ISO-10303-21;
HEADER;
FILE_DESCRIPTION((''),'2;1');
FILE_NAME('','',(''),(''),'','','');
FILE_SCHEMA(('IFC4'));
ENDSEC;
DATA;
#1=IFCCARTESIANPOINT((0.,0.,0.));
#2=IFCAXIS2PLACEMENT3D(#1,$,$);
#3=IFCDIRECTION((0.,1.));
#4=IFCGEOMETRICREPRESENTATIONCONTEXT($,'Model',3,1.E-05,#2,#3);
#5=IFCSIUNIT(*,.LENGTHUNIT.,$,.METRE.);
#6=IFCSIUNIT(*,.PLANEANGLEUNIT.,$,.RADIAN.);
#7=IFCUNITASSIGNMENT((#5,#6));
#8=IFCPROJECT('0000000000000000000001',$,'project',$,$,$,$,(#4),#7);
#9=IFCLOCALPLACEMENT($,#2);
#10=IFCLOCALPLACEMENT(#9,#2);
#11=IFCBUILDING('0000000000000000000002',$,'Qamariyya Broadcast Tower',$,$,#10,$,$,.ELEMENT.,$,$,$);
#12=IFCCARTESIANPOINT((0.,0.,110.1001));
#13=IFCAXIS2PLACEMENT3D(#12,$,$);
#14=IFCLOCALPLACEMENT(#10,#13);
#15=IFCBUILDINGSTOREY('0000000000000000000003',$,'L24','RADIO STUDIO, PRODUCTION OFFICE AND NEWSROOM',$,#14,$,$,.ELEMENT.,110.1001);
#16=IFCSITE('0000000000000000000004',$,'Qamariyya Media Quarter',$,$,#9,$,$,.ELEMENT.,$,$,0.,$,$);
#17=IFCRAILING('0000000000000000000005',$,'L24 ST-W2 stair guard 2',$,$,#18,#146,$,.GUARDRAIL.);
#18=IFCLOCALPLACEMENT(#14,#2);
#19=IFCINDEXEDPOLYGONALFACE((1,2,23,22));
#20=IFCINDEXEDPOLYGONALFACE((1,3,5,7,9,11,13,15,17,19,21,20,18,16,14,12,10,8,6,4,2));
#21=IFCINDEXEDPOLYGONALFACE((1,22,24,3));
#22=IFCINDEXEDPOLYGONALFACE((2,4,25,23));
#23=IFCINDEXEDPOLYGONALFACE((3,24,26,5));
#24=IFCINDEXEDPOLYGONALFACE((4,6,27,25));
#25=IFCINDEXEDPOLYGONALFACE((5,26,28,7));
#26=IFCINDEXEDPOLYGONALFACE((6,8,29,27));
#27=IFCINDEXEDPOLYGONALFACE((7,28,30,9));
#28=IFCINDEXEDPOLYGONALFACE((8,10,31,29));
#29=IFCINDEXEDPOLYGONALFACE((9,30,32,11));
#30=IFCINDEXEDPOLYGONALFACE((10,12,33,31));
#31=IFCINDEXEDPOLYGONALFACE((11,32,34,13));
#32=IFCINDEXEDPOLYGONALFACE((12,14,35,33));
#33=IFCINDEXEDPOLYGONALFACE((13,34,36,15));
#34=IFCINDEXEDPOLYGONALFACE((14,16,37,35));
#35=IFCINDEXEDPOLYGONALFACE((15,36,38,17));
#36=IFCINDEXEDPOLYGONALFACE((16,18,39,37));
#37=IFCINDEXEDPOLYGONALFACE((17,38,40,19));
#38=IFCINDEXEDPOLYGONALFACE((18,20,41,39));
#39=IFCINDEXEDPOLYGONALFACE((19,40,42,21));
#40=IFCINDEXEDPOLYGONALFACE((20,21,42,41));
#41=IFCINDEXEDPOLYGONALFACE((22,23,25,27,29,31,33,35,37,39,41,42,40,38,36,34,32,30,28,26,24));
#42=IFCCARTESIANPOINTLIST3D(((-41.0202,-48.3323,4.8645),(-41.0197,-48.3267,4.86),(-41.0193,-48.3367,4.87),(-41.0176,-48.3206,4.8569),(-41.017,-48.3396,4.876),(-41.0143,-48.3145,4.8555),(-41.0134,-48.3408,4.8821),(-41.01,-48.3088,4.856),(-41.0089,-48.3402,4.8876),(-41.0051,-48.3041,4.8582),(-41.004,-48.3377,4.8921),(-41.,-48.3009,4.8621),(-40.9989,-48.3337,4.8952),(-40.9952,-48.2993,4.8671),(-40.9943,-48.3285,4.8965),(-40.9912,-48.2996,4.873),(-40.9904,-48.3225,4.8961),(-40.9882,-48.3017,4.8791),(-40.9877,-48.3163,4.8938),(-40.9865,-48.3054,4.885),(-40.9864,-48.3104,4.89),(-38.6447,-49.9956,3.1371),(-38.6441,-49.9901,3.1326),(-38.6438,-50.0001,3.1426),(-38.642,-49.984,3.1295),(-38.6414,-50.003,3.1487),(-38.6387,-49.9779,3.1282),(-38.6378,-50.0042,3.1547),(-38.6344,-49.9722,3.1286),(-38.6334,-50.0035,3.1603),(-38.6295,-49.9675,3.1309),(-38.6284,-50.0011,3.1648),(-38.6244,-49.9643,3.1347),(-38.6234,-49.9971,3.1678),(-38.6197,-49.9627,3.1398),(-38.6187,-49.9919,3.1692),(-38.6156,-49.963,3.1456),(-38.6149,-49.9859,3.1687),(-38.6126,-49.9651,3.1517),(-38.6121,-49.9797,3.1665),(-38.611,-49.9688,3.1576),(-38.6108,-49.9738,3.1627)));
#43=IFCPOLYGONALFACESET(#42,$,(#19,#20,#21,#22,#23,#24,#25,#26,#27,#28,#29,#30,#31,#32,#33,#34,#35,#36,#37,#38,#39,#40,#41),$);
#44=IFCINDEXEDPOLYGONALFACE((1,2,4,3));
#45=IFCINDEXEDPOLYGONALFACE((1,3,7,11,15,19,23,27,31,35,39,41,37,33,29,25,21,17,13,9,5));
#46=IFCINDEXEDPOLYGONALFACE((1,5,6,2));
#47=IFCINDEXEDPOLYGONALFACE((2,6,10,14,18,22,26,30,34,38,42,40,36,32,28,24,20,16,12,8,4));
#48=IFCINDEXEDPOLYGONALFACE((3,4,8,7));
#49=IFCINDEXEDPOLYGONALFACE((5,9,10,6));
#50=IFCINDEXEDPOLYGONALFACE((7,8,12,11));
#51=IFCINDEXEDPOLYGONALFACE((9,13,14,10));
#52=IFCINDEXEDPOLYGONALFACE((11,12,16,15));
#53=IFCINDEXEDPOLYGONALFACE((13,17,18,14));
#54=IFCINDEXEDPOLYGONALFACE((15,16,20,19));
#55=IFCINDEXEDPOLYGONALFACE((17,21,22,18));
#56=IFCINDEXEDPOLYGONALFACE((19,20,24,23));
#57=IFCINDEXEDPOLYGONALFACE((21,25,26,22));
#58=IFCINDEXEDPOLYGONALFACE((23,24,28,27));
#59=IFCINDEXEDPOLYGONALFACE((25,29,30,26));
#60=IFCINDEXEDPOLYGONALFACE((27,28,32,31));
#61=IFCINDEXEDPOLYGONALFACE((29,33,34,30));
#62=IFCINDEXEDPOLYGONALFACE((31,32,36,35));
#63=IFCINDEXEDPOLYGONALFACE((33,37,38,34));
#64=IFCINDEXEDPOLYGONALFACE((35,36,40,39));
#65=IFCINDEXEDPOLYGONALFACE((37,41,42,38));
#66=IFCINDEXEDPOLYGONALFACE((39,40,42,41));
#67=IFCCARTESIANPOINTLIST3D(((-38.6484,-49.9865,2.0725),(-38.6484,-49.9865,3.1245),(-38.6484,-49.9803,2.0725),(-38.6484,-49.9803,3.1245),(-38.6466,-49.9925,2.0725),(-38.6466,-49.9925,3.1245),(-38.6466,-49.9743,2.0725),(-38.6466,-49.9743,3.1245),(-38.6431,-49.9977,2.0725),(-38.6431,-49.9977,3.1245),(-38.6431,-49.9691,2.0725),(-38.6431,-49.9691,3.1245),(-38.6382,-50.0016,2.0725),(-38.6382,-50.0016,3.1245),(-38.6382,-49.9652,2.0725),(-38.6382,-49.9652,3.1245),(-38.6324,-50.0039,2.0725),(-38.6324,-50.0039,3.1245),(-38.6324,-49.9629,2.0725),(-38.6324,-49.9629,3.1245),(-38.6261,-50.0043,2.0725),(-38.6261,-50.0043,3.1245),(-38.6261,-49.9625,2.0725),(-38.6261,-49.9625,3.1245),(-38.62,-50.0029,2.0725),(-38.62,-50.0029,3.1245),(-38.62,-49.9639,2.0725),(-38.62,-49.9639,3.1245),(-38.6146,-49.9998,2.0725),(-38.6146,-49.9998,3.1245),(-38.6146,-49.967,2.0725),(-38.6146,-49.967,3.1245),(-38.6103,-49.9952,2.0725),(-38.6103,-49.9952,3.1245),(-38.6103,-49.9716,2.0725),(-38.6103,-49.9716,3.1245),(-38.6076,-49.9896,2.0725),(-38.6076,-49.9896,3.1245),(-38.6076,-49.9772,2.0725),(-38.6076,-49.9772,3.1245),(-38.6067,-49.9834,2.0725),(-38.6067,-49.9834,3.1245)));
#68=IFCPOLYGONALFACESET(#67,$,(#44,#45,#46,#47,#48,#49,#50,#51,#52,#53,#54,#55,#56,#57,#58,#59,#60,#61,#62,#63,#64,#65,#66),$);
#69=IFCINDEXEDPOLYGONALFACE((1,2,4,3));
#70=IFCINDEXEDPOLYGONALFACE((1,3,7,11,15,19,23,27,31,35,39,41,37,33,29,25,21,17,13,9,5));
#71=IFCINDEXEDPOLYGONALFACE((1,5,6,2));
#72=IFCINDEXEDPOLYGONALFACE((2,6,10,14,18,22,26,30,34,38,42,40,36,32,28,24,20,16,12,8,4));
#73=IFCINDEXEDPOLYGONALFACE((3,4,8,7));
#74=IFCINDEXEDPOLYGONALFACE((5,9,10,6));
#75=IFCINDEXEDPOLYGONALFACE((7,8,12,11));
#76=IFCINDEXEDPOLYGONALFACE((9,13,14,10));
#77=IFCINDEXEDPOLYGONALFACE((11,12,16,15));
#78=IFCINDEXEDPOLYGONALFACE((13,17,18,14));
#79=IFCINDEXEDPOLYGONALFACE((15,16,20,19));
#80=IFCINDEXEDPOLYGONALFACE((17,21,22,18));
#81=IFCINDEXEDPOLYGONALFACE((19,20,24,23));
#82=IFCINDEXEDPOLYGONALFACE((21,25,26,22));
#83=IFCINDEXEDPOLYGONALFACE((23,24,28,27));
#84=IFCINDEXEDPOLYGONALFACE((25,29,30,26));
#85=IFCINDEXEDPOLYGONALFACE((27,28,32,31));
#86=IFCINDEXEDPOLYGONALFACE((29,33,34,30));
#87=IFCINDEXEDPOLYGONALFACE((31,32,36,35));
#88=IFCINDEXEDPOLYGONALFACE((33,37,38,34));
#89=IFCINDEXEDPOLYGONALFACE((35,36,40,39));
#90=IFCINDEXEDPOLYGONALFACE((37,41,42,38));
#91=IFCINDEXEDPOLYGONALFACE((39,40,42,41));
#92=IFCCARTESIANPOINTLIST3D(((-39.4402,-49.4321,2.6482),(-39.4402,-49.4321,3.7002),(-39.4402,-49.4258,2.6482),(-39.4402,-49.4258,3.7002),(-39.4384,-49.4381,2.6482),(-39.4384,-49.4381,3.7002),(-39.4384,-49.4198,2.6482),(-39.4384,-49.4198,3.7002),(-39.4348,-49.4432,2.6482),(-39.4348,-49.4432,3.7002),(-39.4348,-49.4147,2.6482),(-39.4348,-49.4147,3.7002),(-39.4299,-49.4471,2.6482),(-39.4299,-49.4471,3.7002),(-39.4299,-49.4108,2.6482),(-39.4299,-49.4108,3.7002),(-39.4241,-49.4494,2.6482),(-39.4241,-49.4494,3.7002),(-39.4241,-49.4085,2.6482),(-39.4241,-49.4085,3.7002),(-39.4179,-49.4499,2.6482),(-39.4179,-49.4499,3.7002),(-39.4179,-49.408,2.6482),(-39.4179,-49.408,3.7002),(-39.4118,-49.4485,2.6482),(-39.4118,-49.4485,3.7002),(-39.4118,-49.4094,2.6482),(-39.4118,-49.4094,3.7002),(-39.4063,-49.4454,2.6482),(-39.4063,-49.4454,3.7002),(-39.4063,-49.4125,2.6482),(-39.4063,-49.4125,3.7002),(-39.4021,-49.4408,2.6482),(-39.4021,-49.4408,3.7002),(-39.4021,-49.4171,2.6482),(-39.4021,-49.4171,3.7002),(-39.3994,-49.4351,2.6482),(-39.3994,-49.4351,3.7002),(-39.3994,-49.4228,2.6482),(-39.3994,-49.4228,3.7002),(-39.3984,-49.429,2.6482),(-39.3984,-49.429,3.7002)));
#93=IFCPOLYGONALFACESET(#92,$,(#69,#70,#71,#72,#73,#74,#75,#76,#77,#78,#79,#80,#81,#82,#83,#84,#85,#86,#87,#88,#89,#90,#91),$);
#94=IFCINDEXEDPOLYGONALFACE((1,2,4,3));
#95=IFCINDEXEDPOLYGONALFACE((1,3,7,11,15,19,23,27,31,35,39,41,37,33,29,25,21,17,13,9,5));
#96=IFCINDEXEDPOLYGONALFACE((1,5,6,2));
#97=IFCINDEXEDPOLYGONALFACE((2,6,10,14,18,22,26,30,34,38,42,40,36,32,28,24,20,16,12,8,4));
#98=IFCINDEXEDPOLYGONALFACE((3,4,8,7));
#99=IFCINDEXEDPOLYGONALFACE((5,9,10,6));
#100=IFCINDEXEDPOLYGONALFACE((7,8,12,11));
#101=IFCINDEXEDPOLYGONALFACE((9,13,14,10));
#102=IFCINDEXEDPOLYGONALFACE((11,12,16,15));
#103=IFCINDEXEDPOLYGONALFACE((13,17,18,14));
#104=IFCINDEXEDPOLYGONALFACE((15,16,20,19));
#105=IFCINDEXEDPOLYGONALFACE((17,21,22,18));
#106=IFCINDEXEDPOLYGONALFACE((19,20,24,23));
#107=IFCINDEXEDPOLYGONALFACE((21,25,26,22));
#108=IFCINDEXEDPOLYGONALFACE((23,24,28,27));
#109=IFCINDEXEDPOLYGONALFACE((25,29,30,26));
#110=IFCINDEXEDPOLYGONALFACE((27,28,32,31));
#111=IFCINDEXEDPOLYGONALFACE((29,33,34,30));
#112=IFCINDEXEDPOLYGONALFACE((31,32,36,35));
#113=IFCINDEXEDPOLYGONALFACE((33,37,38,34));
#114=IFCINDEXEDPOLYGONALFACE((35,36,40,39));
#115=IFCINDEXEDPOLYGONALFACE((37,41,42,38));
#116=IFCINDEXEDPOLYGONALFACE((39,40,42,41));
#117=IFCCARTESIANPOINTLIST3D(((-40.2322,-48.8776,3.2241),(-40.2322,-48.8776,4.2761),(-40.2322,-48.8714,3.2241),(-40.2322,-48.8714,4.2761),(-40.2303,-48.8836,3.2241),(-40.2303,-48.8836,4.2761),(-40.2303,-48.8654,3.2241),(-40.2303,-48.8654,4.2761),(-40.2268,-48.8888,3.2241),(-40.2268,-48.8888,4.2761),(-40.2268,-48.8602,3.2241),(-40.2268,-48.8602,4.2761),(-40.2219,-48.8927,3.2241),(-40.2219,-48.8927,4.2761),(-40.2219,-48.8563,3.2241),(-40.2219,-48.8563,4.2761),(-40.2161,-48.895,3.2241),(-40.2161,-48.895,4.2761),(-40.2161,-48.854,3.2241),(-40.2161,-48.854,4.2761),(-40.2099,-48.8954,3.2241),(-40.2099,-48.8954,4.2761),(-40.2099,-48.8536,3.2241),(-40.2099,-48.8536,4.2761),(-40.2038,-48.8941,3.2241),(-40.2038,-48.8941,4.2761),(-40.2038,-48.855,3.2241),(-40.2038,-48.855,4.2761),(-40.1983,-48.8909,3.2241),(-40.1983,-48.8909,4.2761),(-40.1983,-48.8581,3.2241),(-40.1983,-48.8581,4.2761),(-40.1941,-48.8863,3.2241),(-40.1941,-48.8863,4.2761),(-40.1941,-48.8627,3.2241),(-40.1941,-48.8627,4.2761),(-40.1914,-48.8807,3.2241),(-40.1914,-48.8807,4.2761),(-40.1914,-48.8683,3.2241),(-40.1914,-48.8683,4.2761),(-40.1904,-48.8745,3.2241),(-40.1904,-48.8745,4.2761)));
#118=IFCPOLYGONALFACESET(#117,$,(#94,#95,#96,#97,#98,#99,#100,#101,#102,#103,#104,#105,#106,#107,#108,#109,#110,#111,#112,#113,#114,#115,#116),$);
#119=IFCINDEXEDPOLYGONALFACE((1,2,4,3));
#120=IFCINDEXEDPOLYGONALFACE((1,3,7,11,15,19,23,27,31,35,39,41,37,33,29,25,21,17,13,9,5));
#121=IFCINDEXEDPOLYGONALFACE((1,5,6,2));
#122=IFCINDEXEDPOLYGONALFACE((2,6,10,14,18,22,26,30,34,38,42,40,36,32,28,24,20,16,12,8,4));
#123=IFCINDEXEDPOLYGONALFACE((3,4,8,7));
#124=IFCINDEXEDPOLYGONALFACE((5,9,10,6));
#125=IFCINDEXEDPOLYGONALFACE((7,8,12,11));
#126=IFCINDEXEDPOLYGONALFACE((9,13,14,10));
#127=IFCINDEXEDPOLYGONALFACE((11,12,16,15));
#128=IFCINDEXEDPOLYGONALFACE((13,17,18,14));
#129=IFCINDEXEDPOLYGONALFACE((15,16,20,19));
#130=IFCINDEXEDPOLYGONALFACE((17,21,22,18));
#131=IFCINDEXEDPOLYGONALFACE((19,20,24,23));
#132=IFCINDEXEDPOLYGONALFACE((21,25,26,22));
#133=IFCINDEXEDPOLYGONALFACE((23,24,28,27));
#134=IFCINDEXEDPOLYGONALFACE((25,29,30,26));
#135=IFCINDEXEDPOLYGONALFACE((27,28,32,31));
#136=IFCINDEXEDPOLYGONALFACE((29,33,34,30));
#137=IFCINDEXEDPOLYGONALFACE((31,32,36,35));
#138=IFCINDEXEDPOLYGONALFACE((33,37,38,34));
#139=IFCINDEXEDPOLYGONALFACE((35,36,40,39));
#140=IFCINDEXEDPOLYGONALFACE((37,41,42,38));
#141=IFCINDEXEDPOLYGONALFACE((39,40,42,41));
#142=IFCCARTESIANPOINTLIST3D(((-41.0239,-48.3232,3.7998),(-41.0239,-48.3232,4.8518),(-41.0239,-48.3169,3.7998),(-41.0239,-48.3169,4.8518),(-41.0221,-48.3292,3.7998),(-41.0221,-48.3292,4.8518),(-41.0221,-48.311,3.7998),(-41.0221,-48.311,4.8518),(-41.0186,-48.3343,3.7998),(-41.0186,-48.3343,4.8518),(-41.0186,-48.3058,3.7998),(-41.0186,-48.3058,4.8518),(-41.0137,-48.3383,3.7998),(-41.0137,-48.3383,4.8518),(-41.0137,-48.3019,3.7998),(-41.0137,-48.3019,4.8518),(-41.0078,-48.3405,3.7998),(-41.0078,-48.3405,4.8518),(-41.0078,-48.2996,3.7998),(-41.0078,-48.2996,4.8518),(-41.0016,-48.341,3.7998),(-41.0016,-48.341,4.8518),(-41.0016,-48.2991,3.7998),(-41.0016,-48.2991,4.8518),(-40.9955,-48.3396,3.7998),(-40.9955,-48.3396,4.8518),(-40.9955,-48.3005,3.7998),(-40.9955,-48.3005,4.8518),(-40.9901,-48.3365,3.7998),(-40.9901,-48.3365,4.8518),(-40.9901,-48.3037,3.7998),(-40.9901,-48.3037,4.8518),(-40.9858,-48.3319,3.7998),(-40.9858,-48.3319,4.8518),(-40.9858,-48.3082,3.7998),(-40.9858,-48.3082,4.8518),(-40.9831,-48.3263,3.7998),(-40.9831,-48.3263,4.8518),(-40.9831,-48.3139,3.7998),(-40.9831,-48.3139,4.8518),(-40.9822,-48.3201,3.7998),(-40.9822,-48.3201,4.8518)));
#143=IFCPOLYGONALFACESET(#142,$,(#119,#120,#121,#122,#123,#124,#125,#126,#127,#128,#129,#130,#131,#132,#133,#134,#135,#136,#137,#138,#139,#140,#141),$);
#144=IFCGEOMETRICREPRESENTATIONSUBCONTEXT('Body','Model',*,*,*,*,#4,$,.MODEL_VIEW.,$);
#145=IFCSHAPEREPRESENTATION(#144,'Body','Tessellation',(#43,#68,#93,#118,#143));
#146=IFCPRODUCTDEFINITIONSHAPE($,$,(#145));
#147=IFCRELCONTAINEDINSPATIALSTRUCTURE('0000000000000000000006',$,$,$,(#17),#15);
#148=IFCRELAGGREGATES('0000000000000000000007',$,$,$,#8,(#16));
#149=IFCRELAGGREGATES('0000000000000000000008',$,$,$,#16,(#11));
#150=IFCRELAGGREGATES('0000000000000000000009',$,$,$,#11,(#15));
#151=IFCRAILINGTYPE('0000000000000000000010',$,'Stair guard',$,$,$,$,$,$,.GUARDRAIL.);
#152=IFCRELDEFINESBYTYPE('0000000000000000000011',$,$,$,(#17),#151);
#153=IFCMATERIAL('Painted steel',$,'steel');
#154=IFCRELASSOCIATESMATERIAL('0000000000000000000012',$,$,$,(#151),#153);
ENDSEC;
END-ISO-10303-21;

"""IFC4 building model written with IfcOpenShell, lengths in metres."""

from ifc_helpers import new_model, si_unit, direction, frame, origin, origin_2d, place, context, subcontext, project, spatial, circle, extrude, material, type_object, element, save


model = new_model("IFC4")

# Units and contexts
model_context = context("Model", 3, precision=1e-05, world=origin(), true_north=direction((0.0, 1.0)))
body_context = subcontext(model_context, "Body", "Model", "MODEL_VIEW")
ifc_project = project(units=[si_unit("LENGTHUNIT", "METRE"), si_unit("PLANEANGLEUNIT", "RADIAN")], contexts=[model_context])

# Site, building, storey
site_placement = place(None, origin())
site = spatial("IfcSite", under=ifc_project, at=site_placement, Name="Qamariyya Media Quarter", CompositionType="ELEMENT", RefElevation=0.0)
building_placement = place(site_placement, origin())
building = spatial("IfcBuilding", under=site, at=building_placement, Name="Qamariyya Broadcast Tower", CompositionType="ELEMENT")
storey_placement = place(building_placement, frame((0.0, 0.0, 110.1001)))
storey = spatial("IfcBuildingStorey", under=building, at=storey_placement, Name="L24", Description="RADIO STUDIO, PRODUCTION OFFICE AND NEWSROOM", CompositionType="ELEMENT", Elevation=110.1001)

# Railing
ifc_material_1 = material(Name="Painted steel", Category="steel")
railing_type_1 = type_object("IfcRailingType", Name="Stair guard", PredefinedType="GUARDRAIL", material=ifc_material_1)
railing_1_placement = place(storey_placement, frame((-38.6277, -49.9834, 2.0725)))
element("IfcRailing", 1, at=railing_1_placement, inside=storey, type_object=railing_type_1, Name="L24 ST-W2 stair guard 2", PredefinedType="GUARDRAIL", context=body_context, shape_type="SweptSolid", body=[
    extrude(circle(Radius=0.0239, at=origin_2d()), frame((0.0, 0.0, 1.0762), z_axis=(-0.70377, 0.492784, 0.511734), x_axis=(-0.573575, -0.819153, 0.0)), (0.0, 0.0, 1.0), 3.3755),
    extrude(circle(Radius=0.021, at=origin_2d()), origin(), (0.0, 0.0, 1.0), 1.052),
    extrude(circle(Radius=0.021, at=origin_2d()), frame((-0.7917, 0.5544, 0.5757)), (0.0, 0.0, 1.0), 1.052),
    extrude(circle(Radius=0.021, at=origin_2d()), frame((-1.5837, 1.1089, 1.1516)), (0.0, 0.0, 1.0), 1.052),
    extrude(circle(Radius=0.021, at=origin_2d()), frame((-2.3755, 1.6633, 1.7273)), (0.0, 0.0, 1.0), 1.052),
])

save(model, "model.ifc")
